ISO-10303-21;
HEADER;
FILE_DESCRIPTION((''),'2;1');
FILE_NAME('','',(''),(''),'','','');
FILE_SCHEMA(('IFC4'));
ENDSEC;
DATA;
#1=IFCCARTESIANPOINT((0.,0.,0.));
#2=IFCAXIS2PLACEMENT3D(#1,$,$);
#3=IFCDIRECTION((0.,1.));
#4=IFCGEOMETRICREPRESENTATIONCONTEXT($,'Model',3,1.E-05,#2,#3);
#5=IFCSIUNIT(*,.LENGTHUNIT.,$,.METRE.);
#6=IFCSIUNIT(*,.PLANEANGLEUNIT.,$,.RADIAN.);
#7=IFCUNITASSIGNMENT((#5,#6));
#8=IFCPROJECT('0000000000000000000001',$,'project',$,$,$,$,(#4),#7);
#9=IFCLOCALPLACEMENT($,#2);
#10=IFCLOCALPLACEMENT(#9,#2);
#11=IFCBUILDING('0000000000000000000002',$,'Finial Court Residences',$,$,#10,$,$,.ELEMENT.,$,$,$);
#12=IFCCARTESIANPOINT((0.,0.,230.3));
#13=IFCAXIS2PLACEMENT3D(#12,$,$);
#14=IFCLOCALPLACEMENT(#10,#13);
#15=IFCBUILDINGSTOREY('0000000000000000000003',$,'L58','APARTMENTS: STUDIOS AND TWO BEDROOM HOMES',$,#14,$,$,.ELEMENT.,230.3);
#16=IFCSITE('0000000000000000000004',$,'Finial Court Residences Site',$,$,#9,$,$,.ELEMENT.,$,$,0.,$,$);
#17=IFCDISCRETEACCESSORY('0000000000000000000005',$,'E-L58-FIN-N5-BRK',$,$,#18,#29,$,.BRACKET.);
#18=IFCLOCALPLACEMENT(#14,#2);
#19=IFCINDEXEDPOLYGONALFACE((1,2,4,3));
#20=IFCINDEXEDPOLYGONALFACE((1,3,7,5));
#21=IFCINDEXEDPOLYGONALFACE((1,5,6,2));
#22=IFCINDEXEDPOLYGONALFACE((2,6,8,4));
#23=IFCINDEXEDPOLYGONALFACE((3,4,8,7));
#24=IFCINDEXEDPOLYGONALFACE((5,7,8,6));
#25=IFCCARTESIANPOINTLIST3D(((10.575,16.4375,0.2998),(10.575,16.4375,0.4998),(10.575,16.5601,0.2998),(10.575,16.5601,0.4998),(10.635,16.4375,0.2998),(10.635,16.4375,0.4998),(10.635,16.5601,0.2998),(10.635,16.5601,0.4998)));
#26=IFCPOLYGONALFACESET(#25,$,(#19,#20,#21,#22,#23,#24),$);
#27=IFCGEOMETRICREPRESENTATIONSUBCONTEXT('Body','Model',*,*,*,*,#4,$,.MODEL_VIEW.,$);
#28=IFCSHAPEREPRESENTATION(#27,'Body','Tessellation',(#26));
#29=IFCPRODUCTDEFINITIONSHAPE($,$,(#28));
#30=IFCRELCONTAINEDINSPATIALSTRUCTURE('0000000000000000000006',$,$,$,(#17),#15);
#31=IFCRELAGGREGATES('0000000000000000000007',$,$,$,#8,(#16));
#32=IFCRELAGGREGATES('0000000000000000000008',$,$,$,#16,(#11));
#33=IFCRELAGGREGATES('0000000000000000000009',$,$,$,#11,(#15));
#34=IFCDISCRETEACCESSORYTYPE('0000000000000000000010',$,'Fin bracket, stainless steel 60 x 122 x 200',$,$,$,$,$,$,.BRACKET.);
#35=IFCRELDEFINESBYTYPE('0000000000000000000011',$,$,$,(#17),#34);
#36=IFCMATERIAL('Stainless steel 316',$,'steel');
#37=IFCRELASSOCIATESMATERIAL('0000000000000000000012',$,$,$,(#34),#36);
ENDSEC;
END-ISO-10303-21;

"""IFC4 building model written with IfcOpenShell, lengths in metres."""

from ifc_helpers import new_model, si_unit, direction, frame, origin, origin_2d, place, context, subcontext, project, spatial, rectangle, extrude, material, type_object, element, save


model = new_model("IFC4")

# Units and contexts
model_context = context("Model", 3, precision=1e-05, world=origin(), true_north=direction((0.0, 1.0)))
body_context = subcontext(model_context, "Body", "Model", "MODEL_VIEW")
ifc_project = project(units=[si_unit("LENGTHUNIT", "METRE"), si_unit("PLANEANGLEUNIT", "RADIAN")], contexts=[model_context])

# Site, building, storey
site_placement = place(None, origin())
site = spatial("IfcSite", under=ifc_project, at=site_placement, Name="Finial Court Residences Site", CompositionType="ELEMENT", RefElevation=0.0)
building_placement = place(site_placement, origin())
building = spatial("IfcBuilding", under=site, at=building_placement, Name="Finial Court Residences", CompositionType="ELEMENT")
storey_placement = place(building_placement, frame((0.0, 0.0, 230.3)))
storey = spatial("IfcBuildingStorey", under=building, at=storey_placement, Name="L58", Description="APARTMENTS: STUDIOS AND TWO BEDROOM HOMES", CompositionType="ELEMENT", Elevation=230.3)

# Discrete accessory
ifc_material_1 = material(Name="Stainless steel 316", Category="steel")
discrete_accessory_type = type_object("IfcDiscreteAccessoryType", Name="Fin bracket, stainless steel 60 x 122 x 200", PredefinedType="BRACKET", material=ifc_material_1)
discrete_accessory_placement = place(storey_placement, frame((10.605, 16.4988, 0.2998), z_axis=(0.0, 0.0, 1.0), x_axis=(1.0, 0.0, 0.0)))
element("IfcDiscreteAccessory", 1, at=discrete_accessory_placement, inside=storey, type_object=discrete_accessory_type, Name="E-L58-FIN-N5-BRK", PredefinedType="BRACKET", context=body_context, shape_type="SweptSolid", body=[
    extrude(rectangle(XDim=0.0601, YDim=0.1226, at=origin_2d()), origin(), (0.0, 0.0, 1.0), 0.2),
])

save(model, "model.ifc")
